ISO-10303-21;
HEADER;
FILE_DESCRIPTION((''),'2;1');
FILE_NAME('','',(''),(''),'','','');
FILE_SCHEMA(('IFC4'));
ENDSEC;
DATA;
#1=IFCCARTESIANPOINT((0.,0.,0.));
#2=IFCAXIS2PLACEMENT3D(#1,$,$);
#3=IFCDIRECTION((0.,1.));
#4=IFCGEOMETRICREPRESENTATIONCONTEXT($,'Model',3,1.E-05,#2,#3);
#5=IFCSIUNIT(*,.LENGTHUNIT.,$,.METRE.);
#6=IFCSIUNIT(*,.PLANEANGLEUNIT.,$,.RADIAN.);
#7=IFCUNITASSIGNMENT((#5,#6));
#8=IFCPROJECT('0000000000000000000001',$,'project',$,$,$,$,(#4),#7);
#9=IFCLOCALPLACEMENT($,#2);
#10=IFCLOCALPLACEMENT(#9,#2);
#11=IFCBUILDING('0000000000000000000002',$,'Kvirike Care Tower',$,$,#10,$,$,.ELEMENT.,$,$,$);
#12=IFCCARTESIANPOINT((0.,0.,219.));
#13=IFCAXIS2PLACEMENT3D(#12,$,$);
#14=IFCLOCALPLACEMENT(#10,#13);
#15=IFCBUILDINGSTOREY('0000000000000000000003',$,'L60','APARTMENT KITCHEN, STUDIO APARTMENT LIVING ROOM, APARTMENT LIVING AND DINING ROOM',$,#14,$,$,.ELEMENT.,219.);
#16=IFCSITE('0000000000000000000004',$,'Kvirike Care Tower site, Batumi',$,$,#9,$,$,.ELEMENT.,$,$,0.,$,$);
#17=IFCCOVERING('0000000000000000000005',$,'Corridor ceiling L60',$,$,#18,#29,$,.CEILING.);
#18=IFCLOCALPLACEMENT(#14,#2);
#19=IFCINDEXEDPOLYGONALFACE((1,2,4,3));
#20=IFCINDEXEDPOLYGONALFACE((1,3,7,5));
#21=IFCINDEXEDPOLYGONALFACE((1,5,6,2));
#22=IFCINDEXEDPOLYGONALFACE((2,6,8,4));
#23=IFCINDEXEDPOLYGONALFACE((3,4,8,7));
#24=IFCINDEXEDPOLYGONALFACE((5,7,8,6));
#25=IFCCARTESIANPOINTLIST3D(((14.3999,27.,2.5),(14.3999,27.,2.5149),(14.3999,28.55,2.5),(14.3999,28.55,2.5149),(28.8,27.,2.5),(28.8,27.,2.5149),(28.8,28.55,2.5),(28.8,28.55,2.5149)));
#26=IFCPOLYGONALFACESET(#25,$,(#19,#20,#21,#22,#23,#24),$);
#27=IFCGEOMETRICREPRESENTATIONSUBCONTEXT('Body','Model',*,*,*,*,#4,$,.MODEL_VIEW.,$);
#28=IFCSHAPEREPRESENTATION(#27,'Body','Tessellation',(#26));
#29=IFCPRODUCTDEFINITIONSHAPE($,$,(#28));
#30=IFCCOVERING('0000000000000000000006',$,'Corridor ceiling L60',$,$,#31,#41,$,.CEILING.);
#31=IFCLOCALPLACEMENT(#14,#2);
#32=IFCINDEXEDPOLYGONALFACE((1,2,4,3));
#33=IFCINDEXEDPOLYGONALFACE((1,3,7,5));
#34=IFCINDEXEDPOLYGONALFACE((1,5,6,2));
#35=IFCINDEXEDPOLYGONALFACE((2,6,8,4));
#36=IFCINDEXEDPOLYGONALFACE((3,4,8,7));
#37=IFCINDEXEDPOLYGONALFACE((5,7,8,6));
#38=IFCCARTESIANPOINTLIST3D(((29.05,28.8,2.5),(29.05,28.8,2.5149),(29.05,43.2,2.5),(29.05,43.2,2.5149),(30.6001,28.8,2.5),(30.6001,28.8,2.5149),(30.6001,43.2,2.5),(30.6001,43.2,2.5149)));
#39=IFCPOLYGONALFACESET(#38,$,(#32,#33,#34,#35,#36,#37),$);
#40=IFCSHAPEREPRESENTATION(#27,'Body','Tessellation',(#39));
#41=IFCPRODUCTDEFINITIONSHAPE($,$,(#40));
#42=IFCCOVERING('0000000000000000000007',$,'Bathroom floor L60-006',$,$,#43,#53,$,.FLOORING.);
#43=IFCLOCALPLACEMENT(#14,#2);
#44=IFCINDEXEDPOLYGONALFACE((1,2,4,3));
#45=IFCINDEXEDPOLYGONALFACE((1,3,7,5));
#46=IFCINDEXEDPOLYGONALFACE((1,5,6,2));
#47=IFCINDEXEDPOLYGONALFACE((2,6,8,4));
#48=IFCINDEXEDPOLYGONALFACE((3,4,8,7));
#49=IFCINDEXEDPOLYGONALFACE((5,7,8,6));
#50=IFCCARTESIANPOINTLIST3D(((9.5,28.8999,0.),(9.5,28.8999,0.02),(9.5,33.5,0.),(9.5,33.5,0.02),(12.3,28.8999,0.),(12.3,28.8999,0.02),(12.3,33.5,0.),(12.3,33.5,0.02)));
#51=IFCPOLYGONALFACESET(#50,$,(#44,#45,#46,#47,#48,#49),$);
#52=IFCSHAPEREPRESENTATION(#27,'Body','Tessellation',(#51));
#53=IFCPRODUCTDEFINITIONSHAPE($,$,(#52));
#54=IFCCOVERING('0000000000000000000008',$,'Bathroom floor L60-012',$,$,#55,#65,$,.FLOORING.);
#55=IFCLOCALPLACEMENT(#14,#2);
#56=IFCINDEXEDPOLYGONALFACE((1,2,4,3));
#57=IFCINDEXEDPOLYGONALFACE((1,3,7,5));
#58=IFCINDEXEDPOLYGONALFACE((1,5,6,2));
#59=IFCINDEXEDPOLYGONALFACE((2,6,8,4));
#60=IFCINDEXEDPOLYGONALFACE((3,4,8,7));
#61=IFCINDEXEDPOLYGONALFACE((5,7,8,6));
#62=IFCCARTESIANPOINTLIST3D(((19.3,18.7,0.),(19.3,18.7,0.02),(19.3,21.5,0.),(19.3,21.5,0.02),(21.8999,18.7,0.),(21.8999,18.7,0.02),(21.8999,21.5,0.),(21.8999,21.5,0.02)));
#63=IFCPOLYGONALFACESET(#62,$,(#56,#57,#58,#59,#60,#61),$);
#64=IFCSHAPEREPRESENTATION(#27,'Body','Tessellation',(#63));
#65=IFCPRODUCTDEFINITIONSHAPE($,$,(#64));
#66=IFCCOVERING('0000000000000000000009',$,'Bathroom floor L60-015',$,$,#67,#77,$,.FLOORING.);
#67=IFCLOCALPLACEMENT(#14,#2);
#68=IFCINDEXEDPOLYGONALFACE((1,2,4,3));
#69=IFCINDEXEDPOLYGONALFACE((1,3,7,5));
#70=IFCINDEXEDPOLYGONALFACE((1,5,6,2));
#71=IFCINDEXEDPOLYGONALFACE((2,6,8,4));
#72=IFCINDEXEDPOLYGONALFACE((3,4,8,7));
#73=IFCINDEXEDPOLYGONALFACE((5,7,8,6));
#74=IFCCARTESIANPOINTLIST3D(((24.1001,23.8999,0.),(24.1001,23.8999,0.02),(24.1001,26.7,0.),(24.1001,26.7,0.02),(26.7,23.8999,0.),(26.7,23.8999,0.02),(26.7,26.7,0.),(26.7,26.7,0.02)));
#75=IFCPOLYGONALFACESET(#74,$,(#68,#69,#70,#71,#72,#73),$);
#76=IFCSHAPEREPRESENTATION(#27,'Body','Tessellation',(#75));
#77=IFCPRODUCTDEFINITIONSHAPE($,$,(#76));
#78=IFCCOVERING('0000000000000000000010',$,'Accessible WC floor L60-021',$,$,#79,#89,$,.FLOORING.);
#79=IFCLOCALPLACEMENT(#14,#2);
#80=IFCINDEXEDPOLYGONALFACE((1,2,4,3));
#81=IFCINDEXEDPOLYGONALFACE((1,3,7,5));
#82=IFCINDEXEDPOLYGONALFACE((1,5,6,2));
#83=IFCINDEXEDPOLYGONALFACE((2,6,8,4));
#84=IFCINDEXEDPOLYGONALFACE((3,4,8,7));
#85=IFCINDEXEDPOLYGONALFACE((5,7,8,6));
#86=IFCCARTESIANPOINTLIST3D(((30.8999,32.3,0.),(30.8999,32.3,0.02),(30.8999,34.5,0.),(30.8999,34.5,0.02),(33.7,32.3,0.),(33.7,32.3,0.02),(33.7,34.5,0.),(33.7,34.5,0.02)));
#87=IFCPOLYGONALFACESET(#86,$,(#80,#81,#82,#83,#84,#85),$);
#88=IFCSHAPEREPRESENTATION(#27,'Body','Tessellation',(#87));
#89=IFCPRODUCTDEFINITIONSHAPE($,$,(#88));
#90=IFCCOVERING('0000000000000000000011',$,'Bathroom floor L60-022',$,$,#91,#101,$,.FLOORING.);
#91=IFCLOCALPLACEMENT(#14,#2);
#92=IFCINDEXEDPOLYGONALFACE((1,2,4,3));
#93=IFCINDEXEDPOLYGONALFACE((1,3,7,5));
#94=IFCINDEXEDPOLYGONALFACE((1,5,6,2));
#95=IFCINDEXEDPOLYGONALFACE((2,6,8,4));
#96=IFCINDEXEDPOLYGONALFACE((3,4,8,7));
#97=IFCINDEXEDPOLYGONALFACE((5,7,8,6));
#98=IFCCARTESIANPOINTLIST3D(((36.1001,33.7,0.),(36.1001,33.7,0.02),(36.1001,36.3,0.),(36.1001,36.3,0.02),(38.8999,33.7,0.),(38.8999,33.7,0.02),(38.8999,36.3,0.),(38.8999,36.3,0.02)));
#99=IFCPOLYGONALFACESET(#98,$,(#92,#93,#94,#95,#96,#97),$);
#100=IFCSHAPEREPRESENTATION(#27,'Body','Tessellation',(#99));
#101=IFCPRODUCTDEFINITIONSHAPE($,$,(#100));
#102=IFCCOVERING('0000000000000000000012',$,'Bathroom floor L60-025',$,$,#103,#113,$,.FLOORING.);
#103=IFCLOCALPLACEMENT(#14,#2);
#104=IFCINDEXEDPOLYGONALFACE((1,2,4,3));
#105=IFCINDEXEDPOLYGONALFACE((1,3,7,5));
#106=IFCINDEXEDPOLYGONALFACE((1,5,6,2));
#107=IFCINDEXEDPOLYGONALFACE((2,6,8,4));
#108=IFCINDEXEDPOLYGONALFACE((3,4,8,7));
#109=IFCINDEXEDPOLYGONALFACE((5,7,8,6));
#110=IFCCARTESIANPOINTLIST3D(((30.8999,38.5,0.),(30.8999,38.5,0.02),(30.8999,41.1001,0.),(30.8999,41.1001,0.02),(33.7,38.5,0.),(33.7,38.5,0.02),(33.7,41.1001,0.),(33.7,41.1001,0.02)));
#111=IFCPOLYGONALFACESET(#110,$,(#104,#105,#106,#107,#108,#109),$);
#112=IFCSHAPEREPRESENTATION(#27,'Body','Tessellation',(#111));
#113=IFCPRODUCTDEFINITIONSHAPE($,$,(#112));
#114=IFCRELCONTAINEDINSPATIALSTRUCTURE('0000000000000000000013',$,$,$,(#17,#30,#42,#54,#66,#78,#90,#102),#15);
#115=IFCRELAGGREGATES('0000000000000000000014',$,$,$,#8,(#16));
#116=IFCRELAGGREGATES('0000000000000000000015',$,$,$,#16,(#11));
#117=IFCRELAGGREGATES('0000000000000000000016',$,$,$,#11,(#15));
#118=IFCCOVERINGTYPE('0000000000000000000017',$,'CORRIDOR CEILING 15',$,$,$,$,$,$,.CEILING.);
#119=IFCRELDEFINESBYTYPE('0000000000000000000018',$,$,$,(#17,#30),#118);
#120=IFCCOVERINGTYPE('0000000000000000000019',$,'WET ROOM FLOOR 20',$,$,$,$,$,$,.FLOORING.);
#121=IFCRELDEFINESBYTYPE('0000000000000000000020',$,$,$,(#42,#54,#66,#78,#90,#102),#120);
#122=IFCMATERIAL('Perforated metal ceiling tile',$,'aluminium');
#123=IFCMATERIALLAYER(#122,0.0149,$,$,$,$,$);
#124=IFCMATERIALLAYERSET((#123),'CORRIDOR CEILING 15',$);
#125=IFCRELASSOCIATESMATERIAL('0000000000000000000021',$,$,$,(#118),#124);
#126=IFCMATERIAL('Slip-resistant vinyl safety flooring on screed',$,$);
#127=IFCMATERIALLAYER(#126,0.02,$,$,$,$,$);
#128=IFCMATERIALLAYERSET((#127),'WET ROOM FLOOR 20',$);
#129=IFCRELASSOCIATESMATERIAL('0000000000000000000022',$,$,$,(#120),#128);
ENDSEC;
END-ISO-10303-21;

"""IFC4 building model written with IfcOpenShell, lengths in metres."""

from ifc_helpers import new_model, si_unit, direction, frame, origin, place, context, subcontext, project, spatial, polyline, outline, extrude, material, layer, layer_set, type_object, element, save


model = new_model("IFC4")

# Units and contexts
model_context = context("Model", 3, precision=1e-05, world=origin(), true_north=direction((0.0, 1.0)))
body_context = subcontext(model_context, "Body", "Model", "MODEL_VIEW")
ifc_project = project(units=[si_unit("LENGTHUNIT", "METRE"), si_unit("PLANEANGLEUNIT", "RADIAN")], contexts=[model_context])

# Site, building, storey
site_placement = place(None, origin())
site = spatial("IfcSite", under=ifc_project, at=site_placement, Name="Kvirike Care Tower site, Batumi", CompositionType="ELEMENT", RefElevation=0.0)
building_placement = place(site_placement, origin())
building = spatial("IfcBuilding", under=site, at=building_placement, Name="Kvirike Care Tower", CompositionType="ELEMENT")
storey_placement = place(building_placement, frame((0.0, 0.0, 219.0)))
storey = spatial("IfcBuildingStorey", under=building, at=storey_placement, Name="L60", Description="APARTMENT KITCHEN, STUDIO APARTMENT LIVING ROOM, APARTMENT LIVING AND DINING ROOM", CompositionType="ELEMENT", Elevation=219.0)

# Coverings
ifc_material_1 = material(Name="Perforated metal ceiling tile", Category="aluminium")
ifc_layer_1 = layer(ifc_material_1, 0.0149)
ifc_layer_set_1 = layer_set([ifc_layer_1], Name="CORRIDOR CEILING 15")
covering_type_1 = type_object("IfcCoveringType", Name="CORRIDOR CEILING 15", PredefinedType="CEILING", material=ifc_layer_set_1)
covering_1_placement = place(storey_placement, frame((0.0, 0.0, 2.5)))
element("IfcCovering", 1, at=covering_1_placement, inside=storey, type_object=covering_type_1, Name="Corridor ceiling L60", PredefinedType="CEILING", context=body_context, shape_type="SweptSolid", body=[
    extrude(outline(polyline([(14.3999, 27.0), (14.3999, 28.55), (28.8, 28.55), (28.8, 27.0), (14.3999, 27.0)])), origin(), (0.0, 0.0, 1.0), 0.0149),
])
covering_2_placement = place(storey_placement, frame((0.0, 0.0, 2.5)))
element("IfcCovering", 2, at=covering_2_placement, inside=storey, type_object=covering_type_1, Name="Corridor ceiling L60", PredefinedType="CEILING", context=body_context, shape_type="SweptSolid", body=[
    extrude(outline(polyline([(30.6001, 28.8), (29.05, 28.8), (29.05, 43.2), (30.6001, 43.2), (30.6001, 28.8)])), origin(), (0.0, 0.0, 1.0), 0.0149),
])
ifc_material_2 = material(Name="Slip-resistant vinyl safety flooring on screed")
ifc_layer_2 = layer(ifc_material_2, 0.02)
ifc_layer_set_2 = layer_set([ifc_layer_2], Name="WET ROOM FLOOR 20")
covering_type_2 = type_object("IfcCoveringType", Name="WET ROOM FLOOR 20", PredefinedType="FLOORING", material=ifc_layer_set_2)
covering_3_placement = place(storey_placement, origin())
element("IfcCovering", 3, at=covering_3_placement, inside=storey, type_object=covering_type_2, Name="Bathroom floor L60-006", PredefinedType="FLOORING", context=body_context, shape_type="SweptSolid", body=[
    extrude(outline(polyline([(9.5, 33.5), (12.3, 33.5), (12.3, 28.8999), (9.5, 28.8999), (9.5, 33.5)])), origin(), (0.0, 0.0, 1.0), 0.02),
])
covering_4_placement = place(storey_placement, origin())
element("IfcCovering", 4, at=covering_4_placement, inside=storey, type_object=covering_type_2, Name="Bathroom floor L60-012", PredefinedType="FLOORING", context=body_context, shape_type="SweptSolid", body=[
    extrude(outline(polyline([(19.3, 18.7), (19.3, 21.5), (21.8999, 21.5), (21.8999, 18.7), (19.3, 18.7)])), origin(), (0.0, 0.0, 1.0), 0.02),
])
covering_5_placement = place(storey_placement, origin())
element("IfcCovering", 5, at=covering_5_placement, inside=storey, type_object=covering_type_2, Name="Bathroom floor L60-015", PredefinedType="FLOORING", context=body_context, shape_type="SweptSolid", body=[
    extrude(outline(polyline([(24.1001, 23.8999), (24.1001, 26.7), (26.7, 26.7), (26.7, 23.8999), (24.1001, 23.8999)])), origin(), (0.0, 0.0, 1.0), 0.02),
])
covering_6_placement = place(storey_placement, origin())
element("IfcCovering", 6, at=covering_6_placement, inside=storey, type_object=covering_type_2, Name="Accessible WC floor L60-021", PredefinedType="FLOORING", context=body_context, shape_type="SweptSolid", body=[
    extrude(outline(polyline([(33.7, 32.3), (30.8999, 32.3), (30.8999, 34.5), (33.7, 34.5), (33.7, 32.3)])), origin(), (0.0, 0.0, 1.0), 0.02),
])
covering_7_placement = place(storey_placement, origin())
element("IfcCovering", 7, at=covering_7_placement, inside=storey, type_object=covering_type_2, Name="Bathroom floor L60-022", PredefinedType="FLOORING", context=body_context, shape_type="SweptSolid", body=[
    extrude(outline(polyline([(38.8999, 33.7), (36.1001, 33.7), (36.1001, 36.3), (38.8999, 36.3), (38.8999, 33.7)])), origin(), (0.0, 0.0, 1.0), 0.02),
])
covering_8_placement = place(storey_placement, origin())
element("IfcCovering", 8, at=covering_8_placement, inside=storey, type_object=covering_type_2, Name="Bathroom floor L60-025", PredefinedType="FLOORING", context=body_context, shape_type="SweptSolid", body=[
    extrude(outline(polyline([(33.7, 38.5), (30.8999, 38.5), (30.8999, 41.1001), (33.7, 41.1001), (33.7, 38.5)])), origin(), (0.0, 0.0, 1.0), 0.02),
])

save(model, "model.ifc")
